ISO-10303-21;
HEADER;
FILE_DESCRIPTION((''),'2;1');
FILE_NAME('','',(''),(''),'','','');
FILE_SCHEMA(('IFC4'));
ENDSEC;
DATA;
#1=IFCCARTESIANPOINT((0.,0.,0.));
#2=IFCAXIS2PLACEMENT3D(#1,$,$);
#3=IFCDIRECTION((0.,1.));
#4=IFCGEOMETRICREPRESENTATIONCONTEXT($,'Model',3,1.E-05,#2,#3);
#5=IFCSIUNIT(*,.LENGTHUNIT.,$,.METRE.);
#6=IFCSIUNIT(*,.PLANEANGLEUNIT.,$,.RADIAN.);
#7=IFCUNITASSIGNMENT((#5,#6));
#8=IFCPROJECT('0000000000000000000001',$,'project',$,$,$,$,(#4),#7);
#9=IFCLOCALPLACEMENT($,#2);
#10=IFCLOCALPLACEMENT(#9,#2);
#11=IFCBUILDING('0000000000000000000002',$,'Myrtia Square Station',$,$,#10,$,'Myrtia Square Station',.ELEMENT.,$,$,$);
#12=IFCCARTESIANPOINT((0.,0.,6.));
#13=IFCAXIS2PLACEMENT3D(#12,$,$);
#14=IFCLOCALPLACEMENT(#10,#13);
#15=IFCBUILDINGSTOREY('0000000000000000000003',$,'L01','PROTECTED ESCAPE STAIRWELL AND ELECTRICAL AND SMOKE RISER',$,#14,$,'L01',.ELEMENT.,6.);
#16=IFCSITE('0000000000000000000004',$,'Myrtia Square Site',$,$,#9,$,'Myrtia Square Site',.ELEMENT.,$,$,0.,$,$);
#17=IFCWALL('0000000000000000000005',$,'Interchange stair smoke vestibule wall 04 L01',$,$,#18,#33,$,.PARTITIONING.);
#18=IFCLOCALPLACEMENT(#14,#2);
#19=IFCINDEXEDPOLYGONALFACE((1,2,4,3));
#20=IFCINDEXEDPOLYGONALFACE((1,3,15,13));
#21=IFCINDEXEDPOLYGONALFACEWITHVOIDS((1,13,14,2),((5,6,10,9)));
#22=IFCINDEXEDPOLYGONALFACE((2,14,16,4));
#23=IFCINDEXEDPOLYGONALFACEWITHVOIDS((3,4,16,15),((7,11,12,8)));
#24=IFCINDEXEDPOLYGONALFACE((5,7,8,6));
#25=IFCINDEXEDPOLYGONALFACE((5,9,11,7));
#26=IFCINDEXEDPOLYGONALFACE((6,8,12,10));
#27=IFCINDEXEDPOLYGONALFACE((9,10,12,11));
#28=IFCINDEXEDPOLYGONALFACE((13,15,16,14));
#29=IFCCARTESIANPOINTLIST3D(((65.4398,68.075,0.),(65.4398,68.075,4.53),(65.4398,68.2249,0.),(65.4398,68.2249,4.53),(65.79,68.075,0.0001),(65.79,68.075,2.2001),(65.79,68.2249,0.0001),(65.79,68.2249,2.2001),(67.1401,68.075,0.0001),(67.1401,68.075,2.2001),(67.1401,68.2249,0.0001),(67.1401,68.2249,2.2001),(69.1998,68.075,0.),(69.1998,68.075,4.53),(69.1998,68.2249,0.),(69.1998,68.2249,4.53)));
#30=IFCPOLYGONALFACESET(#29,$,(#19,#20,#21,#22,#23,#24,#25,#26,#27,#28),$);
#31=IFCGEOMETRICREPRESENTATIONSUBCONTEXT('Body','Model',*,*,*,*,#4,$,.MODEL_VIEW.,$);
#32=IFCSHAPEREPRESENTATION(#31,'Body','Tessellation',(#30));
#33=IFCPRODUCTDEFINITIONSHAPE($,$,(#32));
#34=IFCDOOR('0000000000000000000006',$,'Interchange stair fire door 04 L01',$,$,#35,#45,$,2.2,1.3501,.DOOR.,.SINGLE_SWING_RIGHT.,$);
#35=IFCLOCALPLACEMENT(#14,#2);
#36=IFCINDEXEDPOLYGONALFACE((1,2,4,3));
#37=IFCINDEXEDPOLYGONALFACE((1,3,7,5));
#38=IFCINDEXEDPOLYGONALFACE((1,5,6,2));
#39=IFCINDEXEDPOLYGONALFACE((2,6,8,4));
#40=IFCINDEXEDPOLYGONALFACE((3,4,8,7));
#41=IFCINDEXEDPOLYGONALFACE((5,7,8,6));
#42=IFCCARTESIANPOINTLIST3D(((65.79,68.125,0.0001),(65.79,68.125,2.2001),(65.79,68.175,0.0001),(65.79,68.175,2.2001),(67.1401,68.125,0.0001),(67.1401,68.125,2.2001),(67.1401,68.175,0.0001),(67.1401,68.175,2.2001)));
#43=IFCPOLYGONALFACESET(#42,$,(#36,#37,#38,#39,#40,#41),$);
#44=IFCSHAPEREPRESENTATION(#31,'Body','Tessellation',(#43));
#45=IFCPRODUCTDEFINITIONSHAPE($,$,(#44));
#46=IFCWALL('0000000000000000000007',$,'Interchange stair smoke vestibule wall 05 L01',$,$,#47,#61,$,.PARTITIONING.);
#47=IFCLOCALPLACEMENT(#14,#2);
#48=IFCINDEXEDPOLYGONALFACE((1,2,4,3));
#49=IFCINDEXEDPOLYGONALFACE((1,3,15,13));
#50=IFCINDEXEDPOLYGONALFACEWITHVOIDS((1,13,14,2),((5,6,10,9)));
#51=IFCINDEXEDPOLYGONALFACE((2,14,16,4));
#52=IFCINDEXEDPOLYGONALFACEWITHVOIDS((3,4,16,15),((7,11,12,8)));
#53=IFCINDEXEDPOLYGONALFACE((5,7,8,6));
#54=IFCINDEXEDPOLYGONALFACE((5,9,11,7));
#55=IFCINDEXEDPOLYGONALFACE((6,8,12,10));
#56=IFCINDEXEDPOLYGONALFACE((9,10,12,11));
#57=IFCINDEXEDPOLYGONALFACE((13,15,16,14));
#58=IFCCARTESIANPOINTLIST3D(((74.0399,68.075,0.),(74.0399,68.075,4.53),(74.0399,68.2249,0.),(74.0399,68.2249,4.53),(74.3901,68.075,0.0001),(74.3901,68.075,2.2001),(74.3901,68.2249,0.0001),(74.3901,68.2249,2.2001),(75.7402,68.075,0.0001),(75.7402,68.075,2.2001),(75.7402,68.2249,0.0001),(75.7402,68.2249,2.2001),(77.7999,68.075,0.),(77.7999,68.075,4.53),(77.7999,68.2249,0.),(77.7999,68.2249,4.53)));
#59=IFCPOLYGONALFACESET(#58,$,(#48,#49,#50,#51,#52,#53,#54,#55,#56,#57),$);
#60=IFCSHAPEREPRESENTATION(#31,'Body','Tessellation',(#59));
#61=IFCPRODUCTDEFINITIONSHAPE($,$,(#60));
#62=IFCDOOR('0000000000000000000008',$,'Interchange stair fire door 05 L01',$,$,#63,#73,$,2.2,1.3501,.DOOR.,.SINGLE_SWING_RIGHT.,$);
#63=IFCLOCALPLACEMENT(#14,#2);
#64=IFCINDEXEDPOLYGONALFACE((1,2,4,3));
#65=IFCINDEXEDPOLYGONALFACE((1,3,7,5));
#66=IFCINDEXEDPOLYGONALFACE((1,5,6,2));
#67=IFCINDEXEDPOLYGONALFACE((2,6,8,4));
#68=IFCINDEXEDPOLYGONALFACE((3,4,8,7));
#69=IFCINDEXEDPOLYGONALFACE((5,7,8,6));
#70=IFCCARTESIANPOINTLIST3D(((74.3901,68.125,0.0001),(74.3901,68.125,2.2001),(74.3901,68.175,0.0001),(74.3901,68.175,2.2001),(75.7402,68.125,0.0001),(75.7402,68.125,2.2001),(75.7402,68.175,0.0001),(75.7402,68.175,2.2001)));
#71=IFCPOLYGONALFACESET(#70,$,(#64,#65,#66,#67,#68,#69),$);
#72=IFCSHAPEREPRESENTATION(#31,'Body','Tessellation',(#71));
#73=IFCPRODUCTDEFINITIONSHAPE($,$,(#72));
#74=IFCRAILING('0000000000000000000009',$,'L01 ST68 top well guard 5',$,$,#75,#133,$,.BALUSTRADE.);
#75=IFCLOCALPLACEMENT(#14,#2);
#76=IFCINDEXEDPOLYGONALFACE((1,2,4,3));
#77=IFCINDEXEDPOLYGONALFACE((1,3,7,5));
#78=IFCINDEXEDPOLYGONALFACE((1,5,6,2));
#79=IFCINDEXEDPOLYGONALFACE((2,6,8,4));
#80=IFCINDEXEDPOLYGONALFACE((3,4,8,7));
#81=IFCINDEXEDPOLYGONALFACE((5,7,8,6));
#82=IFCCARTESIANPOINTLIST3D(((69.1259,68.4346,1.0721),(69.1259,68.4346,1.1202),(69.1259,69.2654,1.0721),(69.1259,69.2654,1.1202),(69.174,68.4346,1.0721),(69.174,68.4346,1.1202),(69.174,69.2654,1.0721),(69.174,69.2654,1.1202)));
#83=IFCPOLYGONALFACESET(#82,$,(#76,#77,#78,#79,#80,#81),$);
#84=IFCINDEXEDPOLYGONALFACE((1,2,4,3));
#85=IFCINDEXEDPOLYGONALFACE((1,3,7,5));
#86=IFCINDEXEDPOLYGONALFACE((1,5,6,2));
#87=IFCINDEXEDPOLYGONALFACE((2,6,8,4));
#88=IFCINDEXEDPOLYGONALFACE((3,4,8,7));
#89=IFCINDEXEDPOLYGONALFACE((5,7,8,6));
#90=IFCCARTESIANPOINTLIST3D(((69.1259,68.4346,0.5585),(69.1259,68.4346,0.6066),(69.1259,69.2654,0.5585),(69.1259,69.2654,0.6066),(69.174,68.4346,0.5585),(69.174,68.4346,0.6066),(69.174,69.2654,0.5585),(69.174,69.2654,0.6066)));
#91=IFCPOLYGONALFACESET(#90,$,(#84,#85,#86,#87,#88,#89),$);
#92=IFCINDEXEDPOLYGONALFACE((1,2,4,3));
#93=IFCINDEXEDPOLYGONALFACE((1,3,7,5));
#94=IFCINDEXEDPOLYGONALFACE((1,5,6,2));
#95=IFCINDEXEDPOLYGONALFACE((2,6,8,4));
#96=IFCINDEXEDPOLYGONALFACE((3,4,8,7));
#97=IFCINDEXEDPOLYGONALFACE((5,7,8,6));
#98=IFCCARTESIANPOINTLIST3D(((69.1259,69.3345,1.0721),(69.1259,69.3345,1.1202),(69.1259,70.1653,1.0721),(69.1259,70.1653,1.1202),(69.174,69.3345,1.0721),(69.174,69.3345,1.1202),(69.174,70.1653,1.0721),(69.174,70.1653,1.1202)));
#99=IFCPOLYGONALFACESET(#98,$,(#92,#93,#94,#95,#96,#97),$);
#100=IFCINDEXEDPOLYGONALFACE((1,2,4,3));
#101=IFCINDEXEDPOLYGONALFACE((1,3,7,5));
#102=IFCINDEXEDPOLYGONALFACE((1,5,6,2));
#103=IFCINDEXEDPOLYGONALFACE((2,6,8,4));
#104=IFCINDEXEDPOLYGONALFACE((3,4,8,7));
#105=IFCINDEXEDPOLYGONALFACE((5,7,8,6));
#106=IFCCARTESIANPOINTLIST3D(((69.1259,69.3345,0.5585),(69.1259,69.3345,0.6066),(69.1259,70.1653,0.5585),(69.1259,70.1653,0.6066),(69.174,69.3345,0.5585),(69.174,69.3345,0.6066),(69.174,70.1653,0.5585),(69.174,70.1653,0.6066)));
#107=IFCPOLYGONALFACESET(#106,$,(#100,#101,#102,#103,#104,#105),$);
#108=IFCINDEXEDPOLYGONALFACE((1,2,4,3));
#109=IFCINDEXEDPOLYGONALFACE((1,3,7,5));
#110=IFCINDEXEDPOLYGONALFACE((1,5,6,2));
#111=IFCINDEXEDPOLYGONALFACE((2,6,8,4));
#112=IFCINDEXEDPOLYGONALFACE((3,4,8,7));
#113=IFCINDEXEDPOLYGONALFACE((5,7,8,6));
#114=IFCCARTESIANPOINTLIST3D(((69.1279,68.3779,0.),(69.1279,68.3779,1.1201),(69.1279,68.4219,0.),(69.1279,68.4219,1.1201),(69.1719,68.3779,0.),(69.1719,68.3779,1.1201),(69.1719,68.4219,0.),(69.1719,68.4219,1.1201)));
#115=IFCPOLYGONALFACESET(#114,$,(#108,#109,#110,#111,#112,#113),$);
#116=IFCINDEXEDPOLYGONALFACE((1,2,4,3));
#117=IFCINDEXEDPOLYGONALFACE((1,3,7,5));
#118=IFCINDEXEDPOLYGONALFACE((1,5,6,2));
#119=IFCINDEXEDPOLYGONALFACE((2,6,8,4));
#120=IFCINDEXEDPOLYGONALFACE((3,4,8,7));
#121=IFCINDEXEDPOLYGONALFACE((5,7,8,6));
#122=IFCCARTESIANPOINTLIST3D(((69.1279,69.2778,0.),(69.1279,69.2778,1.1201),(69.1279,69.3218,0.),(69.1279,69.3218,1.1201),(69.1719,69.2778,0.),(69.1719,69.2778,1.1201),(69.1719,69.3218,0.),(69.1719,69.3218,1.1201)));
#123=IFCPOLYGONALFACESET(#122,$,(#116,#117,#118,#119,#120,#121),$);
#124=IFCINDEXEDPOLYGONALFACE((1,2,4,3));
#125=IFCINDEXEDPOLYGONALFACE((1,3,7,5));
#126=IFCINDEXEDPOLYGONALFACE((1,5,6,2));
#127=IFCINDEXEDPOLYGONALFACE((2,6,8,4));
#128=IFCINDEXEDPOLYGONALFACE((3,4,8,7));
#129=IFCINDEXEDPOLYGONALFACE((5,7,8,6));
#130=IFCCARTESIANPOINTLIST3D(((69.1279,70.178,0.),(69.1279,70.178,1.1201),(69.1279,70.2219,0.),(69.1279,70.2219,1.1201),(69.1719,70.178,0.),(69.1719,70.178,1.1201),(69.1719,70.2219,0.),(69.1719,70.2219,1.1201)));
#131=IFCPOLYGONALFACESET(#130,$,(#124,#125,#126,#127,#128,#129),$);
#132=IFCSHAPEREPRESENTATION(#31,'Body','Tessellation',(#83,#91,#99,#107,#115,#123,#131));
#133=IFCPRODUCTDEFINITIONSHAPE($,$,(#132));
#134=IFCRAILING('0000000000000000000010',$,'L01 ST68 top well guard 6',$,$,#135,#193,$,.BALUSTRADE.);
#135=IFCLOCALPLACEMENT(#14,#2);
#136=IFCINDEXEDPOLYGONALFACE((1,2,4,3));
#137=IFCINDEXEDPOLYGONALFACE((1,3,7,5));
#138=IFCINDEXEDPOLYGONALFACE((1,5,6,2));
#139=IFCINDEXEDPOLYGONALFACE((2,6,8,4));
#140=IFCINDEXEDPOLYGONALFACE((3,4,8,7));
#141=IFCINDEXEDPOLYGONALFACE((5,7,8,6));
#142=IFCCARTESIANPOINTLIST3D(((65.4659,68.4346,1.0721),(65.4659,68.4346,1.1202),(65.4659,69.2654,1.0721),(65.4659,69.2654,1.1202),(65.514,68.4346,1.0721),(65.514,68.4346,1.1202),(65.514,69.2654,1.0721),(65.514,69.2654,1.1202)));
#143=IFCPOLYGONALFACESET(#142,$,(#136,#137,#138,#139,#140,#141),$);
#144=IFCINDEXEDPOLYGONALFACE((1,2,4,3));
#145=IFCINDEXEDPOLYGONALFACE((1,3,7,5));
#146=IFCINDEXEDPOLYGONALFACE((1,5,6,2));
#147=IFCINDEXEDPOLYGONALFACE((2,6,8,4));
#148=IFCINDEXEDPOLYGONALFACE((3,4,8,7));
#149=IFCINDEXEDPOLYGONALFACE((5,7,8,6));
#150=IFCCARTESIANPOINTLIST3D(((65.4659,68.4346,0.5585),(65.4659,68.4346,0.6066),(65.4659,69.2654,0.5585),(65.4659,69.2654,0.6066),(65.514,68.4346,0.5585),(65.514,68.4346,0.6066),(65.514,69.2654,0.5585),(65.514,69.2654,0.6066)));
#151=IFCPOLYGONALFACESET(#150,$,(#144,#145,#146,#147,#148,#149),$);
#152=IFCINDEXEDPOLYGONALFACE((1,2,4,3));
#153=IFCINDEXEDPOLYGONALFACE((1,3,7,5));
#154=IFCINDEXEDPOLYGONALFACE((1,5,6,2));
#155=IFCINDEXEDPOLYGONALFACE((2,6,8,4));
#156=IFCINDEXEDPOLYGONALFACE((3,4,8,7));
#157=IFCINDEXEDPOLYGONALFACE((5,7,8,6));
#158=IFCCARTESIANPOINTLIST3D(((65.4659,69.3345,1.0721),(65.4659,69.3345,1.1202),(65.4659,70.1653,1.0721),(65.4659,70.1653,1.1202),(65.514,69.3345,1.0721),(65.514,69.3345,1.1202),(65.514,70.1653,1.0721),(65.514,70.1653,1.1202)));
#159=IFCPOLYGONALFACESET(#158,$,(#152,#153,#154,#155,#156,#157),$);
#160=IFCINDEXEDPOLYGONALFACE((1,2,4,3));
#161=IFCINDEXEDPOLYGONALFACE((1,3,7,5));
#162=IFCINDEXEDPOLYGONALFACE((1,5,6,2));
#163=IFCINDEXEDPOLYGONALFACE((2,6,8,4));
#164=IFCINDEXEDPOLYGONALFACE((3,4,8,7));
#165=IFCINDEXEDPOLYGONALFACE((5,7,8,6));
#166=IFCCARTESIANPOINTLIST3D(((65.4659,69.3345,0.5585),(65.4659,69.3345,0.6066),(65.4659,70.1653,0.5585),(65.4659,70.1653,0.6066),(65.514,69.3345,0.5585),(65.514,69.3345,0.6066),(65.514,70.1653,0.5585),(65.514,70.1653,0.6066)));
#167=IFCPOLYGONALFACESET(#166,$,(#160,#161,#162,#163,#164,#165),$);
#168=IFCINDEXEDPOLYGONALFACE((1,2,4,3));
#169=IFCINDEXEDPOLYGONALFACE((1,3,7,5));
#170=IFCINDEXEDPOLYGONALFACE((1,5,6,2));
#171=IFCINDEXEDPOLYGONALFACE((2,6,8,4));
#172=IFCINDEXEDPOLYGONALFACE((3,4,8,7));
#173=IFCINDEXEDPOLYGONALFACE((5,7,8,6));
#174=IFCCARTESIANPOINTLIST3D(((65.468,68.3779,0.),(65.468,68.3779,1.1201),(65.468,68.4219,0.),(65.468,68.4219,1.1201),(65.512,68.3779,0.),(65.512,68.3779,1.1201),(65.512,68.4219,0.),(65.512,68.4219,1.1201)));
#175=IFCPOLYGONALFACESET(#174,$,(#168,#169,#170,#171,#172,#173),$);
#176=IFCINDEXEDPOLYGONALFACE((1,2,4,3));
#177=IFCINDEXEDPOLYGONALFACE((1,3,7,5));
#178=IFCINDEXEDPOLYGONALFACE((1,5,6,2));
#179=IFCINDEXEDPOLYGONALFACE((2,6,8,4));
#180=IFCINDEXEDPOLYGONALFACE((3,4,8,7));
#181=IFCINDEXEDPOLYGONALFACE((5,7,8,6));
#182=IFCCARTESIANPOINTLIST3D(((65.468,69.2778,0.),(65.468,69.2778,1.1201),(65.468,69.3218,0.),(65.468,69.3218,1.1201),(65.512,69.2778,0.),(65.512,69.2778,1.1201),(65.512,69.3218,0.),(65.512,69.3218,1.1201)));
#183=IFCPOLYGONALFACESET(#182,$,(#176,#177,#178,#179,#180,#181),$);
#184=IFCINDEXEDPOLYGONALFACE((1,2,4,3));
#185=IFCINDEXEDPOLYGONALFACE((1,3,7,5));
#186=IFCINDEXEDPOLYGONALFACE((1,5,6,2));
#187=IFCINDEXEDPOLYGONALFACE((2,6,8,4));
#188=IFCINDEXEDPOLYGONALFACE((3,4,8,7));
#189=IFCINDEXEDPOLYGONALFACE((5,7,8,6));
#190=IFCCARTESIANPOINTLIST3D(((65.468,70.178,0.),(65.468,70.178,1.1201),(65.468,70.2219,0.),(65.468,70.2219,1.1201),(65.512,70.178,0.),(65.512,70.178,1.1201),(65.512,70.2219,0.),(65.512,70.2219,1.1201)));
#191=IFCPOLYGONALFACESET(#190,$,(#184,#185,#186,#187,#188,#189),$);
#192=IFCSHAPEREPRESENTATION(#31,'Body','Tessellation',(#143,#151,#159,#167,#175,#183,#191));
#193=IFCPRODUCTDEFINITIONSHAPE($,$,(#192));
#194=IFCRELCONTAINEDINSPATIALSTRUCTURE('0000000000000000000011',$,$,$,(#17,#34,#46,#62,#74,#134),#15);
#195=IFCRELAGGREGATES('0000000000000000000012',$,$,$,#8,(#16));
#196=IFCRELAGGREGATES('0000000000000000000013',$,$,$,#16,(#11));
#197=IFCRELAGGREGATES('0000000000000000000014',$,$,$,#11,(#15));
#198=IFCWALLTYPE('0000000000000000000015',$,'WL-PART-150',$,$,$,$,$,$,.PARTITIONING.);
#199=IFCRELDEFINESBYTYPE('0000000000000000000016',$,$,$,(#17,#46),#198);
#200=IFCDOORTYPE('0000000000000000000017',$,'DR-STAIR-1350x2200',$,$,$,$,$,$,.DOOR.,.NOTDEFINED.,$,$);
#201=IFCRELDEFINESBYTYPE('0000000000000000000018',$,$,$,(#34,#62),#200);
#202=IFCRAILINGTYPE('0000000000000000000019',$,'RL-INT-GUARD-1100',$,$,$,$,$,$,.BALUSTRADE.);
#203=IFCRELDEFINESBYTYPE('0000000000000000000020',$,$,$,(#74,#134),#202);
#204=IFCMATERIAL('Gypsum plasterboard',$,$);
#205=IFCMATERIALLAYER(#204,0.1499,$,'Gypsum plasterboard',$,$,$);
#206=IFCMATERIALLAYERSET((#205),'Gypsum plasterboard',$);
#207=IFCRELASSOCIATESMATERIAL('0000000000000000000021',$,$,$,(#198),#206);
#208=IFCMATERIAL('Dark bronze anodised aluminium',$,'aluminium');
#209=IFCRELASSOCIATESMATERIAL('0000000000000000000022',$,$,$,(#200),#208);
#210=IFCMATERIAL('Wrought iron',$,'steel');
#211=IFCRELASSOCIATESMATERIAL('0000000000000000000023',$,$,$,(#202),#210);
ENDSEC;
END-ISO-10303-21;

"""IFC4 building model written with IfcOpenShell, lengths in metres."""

from ifc_helpers import new_model, si_unit, direction, frame, frame_2d, origin, origin_2d, place, context, subcontext, project, spatial, rectangle, extrude, material, layer, layer_set, type_object, element, fill, save


model = new_model("IFC4")

# Units and contexts
model_context = context("Model", 3, precision=1e-05, world=origin(), true_north=direction((0.0, 1.0)))
body_context = subcontext(model_context, "Body", "Model", "MODEL_VIEW")
ifc_project = project(units=[si_unit("LENGTHUNIT", "METRE"), si_unit("PLANEANGLEUNIT", "RADIAN")], contexts=[model_context])

# Site, building, storey
site_placement = place(None, origin())
site = spatial("IfcSite", under=ifc_project, at=site_placement, Name="Myrtia Square Site", LongName="Myrtia Square Site", CompositionType="ELEMENT", RefElevation=0.0)
building_placement = place(site_placement, origin())
building = spatial("IfcBuilding", under=site, at=building_placement, Name="Myrtia Square Station", LongName="Myrtia Square Station", CompositionType="ELEMENT")
storey_placement = place(building_placement, frame((0.0, 0.0, 6.0)))
storey = spatial("IfcBuildingStorey", under=building, at=storey_placement, Name="L01", Description="PROTECTED ESCAPE STAIRWELL AND ELECTRICAL AND SMOKE RISER", LongName="L01", CompositionType="ELEMENT", Elevation=6.0)

# Shared definitions
ifc_material_1 = material(Name="Dark bronze anodised aluminium", Category="aluminium")

# Walls, openings, doors
ifc_material_2 = material(Name="Gypsum plasterboard")
ifc_layer_1 = layer(ifc_material_2, 0.1499, Name="Gypsum plasterboard")
ifc_layer_set_1 = layer_set([ifc_layer_1], Name="Gypsum plasterboard")
wall_type = type_object("IfcWallType", Name="WL-PART-150", PredefinedType="PARTITIONING", material=ifc_layer_set_1)
wall_1_placement = place(storey_placement, frame((65.4399, 68.1499, 0.0), z_axis=(0.0, 0.0, 1.0), x_axis=(1.0, 0.0, 0.0)))
wall_1 = element("IfcWall", 1, at=wall_1_placement, inside=storey, type_object=wall_type, Name="Interchange stair smoke vestibule wall 04 L01", PredefinedType="PARTITIONING", context=body_context, shape_type="SweptSolid", body=[
    extrude(rectangle(XDim=3.76, YDim=0.1499, at=frame_2d((1.8799, 0.0))), origin(), (0.0, 0.0, 1.0), 4.53),
])
opening_1_placement = place(wall_1_placement, frame((0.3501, 0.0, 0.0)))
opening_1 = element("IfcOpeningElement", 2, at=opening_1_placement, cuts=wall_1, PredefinedType="OPENING", context=body_context, shape_type="SweptSolid", body=[
    extrude(rectangle(XDim=1.3501, YDim=2.2, at=frame_2d((0.675, 1.1001))), frame((0.0, 0.0898, 0.0), z_axis=(0.0, -1.0, 0.0), x_axis=(1.0, 0.0, 0.0)), (0.0, 0.0, 1.0), 0.1799),
])
door_type = type_object("IfcDoorType", Name="DR-STAIR-1350x2200", OperationType="NOTDEFINED", PredefinedType="DOOR", material=ifc_material_1)
door_1_placement = place(opening_1_placement, frame((1.3501, 0.0, 0.0), z_axis=(0.0, 0.0, 1.0), x_axis=(-1.0, 0.0, 0.0)))
door_1 = element("IfcDoor", 3, at=door_1_placement, inside=storey, type_object=door_type, Name="Interchange stair fire door 04 L01", OperationType="SINGLE_SWING_RIGHT", OverallHeight=2.2, OverallWidth=1.3501, PredefinedType="DOOR", context=body_context, shape_type="SweptSolid", body=[
    extrude(rectangle(XDim=1.3501, YDim=2.2, at=frame_2d((0.675, 1.1001))), frame((0.0, 0.0249, 0.0), z_axis=(0.0, -1.0, 0.0), x_axis=(1.0, 0.0, 0.0)), (0.0, 0.0, 1.0), 0.05),
])
fill(opening_1, door_1)
wall_2_placement = place(storey_placement, frame((74.04, 68.1499, 0.0), z_axis=(0.0, 0.0, 1.0), x_axis=(1.0, 0.0, 0.0)))
wall_2 = element("IfcWall", 4, at=wall_2_placement, inside=storey, type_object=wall_type, Name="Interchange stair smoke vestibule wall 05 L01", PredefinedType="PARTITIONING", context=body_context, shape_type="SweptSolid", body=[
    extrude(rectangle(XDim=3.76, YDim=0.1499, at=frame_2d((1.8799, 0.0))), origin(), (0.0, 0.0, 1.0), 4.53),
])
opening_2_placement = place(wall_2_placement, frame((0.3501, 0.0, 0.0)))
opening_2 = element("IfcOpeningElement", 5, at=opening_2_placement, cuts=wall_2, PredefinedType="OPENING", context=body_context, shape_type="SweptSolid", body=[
    extrude(rectangle(XDim=1.3501, YDim=2.2, at=frame_2d((0.675, 1.1001))), frame((0.0, 0.0898, 0.0), z_axis=(0.0, -1.0, 0.0), x_axis=(1.0, 0.0, 0.0)), (0.0, 0.0, 1.0), 0.1799),
])
door_2_placement = place(opening_2_placement, frame((1.3501, 0.0, 0.0), z_axis=(0.0, 0.0, 1.0), x_axis=(-1.0, 0.0, 0.0)))
door_2 = element("IfcDoor", 6, at=door_2_placement, inside=storey, type_object=door_type, Name="Interchange stair fire door 05 L01", OperationType="SINGLE_SWING_RIGHT", OverallHeight=2.2, OverallWidth=1.3501, PredefinedType="DOOR", context=body_context, shape_type="SweptSolid", body=[
    extrude(rectangle(XDim=1.3501, YDim=2.2, at=frame_2d((0.675, 1.1001))), frame((0.0, 0.0249, 0.0), z_axis=(0.0, -1.0, 0.0), x_axis=(1.0, 0.0, 0.0)), (0.0, 0.0, 1.0), 0.05),
])
fill(opening_2, door_2)

# Railings
ifc_material_3 = material(Name="Wrought iron", Category="steel")
railing_type = type_object("IfcRailingType", Name="RL-INT-GUARD-1100", PredefinedType="BALUSTRADE", material=ifc_material_3)
for number, where, name in (
    (7, (69.1499, 68.3999, 0.0), "L01 ST68 top well guard 5"),
    (8, (65.49, 68.3999, 0.0), "L01 ST68 top well guard 6"),
):
    element("IfcRailing", number, at=place(storey_placement, frame(where)), inside=storey, type_object=railing_type, Name=name, PredefinedType="BALUSTRADE", context=body_context, shape_type="SweptSolid", body=[
        extrude(rectangle(XDim=0.0481, YDim=0.0481, at=origin_2d()), frame((0.0, 0.0347, 1.0962), z_axis=(0.0, 1.0, 0.0), x_axis=(-1.0, 0.0, 0.0)), (0.0, 0.0, 1.0), 0.8308),
        extrude(rectangle(XDim=0.0481, YDim=0.0481, at=origin_2d()), frame((0.0, 0.0347, 0.5825), z_axis=(0.0, 1.0, 0.0), x_axis=(-1.0, 0.0, 0.0)), (0.0, 0.0, 1.0), 0.8308),
        extrude(rectangle(XDim=0.0481, YDim=0.0481, at=origin_2d()), frame((0.0, 0.9346, 1.0962), z_axis=(0.0, 1.0, 0.0), x_axis=(-1.0, 0.0, 0.0)), (0.0, 0.0, 1.0), 0.8308),
        extrude(rectangle(XDim=0.0481, YDim=0.0481, at=origin_2d()), frame((0.0, 0.9346, 0.5825), z_axis=(0.0, 1.0, 0.0), x_axis=(-1.0, 0.0, 0.0)), (0.0, 0.0, 1.0), 0.8308),
        extrude(rectangle(XDim=0.0439, YDim=0.0439, at=origin_2d()), origin(), (0.0, 0.0, 1.0), 1.1201),
        extrude(rectangle(XDim=0.0439, YDim=0.0439, at=origin_2d()), frame((0.0, 0.8999, 0.0)), (0.0, 0.0, 1.0), 1.1201),
        extrude(rectangle(XDim=0.0439, YDim=0.0439, at=origin_2d()), frame((0.0, 1.8, 0.0)), (0.0, 0.0, 1.0), 1.1201),
    ])

save(model, "model.ifc")
